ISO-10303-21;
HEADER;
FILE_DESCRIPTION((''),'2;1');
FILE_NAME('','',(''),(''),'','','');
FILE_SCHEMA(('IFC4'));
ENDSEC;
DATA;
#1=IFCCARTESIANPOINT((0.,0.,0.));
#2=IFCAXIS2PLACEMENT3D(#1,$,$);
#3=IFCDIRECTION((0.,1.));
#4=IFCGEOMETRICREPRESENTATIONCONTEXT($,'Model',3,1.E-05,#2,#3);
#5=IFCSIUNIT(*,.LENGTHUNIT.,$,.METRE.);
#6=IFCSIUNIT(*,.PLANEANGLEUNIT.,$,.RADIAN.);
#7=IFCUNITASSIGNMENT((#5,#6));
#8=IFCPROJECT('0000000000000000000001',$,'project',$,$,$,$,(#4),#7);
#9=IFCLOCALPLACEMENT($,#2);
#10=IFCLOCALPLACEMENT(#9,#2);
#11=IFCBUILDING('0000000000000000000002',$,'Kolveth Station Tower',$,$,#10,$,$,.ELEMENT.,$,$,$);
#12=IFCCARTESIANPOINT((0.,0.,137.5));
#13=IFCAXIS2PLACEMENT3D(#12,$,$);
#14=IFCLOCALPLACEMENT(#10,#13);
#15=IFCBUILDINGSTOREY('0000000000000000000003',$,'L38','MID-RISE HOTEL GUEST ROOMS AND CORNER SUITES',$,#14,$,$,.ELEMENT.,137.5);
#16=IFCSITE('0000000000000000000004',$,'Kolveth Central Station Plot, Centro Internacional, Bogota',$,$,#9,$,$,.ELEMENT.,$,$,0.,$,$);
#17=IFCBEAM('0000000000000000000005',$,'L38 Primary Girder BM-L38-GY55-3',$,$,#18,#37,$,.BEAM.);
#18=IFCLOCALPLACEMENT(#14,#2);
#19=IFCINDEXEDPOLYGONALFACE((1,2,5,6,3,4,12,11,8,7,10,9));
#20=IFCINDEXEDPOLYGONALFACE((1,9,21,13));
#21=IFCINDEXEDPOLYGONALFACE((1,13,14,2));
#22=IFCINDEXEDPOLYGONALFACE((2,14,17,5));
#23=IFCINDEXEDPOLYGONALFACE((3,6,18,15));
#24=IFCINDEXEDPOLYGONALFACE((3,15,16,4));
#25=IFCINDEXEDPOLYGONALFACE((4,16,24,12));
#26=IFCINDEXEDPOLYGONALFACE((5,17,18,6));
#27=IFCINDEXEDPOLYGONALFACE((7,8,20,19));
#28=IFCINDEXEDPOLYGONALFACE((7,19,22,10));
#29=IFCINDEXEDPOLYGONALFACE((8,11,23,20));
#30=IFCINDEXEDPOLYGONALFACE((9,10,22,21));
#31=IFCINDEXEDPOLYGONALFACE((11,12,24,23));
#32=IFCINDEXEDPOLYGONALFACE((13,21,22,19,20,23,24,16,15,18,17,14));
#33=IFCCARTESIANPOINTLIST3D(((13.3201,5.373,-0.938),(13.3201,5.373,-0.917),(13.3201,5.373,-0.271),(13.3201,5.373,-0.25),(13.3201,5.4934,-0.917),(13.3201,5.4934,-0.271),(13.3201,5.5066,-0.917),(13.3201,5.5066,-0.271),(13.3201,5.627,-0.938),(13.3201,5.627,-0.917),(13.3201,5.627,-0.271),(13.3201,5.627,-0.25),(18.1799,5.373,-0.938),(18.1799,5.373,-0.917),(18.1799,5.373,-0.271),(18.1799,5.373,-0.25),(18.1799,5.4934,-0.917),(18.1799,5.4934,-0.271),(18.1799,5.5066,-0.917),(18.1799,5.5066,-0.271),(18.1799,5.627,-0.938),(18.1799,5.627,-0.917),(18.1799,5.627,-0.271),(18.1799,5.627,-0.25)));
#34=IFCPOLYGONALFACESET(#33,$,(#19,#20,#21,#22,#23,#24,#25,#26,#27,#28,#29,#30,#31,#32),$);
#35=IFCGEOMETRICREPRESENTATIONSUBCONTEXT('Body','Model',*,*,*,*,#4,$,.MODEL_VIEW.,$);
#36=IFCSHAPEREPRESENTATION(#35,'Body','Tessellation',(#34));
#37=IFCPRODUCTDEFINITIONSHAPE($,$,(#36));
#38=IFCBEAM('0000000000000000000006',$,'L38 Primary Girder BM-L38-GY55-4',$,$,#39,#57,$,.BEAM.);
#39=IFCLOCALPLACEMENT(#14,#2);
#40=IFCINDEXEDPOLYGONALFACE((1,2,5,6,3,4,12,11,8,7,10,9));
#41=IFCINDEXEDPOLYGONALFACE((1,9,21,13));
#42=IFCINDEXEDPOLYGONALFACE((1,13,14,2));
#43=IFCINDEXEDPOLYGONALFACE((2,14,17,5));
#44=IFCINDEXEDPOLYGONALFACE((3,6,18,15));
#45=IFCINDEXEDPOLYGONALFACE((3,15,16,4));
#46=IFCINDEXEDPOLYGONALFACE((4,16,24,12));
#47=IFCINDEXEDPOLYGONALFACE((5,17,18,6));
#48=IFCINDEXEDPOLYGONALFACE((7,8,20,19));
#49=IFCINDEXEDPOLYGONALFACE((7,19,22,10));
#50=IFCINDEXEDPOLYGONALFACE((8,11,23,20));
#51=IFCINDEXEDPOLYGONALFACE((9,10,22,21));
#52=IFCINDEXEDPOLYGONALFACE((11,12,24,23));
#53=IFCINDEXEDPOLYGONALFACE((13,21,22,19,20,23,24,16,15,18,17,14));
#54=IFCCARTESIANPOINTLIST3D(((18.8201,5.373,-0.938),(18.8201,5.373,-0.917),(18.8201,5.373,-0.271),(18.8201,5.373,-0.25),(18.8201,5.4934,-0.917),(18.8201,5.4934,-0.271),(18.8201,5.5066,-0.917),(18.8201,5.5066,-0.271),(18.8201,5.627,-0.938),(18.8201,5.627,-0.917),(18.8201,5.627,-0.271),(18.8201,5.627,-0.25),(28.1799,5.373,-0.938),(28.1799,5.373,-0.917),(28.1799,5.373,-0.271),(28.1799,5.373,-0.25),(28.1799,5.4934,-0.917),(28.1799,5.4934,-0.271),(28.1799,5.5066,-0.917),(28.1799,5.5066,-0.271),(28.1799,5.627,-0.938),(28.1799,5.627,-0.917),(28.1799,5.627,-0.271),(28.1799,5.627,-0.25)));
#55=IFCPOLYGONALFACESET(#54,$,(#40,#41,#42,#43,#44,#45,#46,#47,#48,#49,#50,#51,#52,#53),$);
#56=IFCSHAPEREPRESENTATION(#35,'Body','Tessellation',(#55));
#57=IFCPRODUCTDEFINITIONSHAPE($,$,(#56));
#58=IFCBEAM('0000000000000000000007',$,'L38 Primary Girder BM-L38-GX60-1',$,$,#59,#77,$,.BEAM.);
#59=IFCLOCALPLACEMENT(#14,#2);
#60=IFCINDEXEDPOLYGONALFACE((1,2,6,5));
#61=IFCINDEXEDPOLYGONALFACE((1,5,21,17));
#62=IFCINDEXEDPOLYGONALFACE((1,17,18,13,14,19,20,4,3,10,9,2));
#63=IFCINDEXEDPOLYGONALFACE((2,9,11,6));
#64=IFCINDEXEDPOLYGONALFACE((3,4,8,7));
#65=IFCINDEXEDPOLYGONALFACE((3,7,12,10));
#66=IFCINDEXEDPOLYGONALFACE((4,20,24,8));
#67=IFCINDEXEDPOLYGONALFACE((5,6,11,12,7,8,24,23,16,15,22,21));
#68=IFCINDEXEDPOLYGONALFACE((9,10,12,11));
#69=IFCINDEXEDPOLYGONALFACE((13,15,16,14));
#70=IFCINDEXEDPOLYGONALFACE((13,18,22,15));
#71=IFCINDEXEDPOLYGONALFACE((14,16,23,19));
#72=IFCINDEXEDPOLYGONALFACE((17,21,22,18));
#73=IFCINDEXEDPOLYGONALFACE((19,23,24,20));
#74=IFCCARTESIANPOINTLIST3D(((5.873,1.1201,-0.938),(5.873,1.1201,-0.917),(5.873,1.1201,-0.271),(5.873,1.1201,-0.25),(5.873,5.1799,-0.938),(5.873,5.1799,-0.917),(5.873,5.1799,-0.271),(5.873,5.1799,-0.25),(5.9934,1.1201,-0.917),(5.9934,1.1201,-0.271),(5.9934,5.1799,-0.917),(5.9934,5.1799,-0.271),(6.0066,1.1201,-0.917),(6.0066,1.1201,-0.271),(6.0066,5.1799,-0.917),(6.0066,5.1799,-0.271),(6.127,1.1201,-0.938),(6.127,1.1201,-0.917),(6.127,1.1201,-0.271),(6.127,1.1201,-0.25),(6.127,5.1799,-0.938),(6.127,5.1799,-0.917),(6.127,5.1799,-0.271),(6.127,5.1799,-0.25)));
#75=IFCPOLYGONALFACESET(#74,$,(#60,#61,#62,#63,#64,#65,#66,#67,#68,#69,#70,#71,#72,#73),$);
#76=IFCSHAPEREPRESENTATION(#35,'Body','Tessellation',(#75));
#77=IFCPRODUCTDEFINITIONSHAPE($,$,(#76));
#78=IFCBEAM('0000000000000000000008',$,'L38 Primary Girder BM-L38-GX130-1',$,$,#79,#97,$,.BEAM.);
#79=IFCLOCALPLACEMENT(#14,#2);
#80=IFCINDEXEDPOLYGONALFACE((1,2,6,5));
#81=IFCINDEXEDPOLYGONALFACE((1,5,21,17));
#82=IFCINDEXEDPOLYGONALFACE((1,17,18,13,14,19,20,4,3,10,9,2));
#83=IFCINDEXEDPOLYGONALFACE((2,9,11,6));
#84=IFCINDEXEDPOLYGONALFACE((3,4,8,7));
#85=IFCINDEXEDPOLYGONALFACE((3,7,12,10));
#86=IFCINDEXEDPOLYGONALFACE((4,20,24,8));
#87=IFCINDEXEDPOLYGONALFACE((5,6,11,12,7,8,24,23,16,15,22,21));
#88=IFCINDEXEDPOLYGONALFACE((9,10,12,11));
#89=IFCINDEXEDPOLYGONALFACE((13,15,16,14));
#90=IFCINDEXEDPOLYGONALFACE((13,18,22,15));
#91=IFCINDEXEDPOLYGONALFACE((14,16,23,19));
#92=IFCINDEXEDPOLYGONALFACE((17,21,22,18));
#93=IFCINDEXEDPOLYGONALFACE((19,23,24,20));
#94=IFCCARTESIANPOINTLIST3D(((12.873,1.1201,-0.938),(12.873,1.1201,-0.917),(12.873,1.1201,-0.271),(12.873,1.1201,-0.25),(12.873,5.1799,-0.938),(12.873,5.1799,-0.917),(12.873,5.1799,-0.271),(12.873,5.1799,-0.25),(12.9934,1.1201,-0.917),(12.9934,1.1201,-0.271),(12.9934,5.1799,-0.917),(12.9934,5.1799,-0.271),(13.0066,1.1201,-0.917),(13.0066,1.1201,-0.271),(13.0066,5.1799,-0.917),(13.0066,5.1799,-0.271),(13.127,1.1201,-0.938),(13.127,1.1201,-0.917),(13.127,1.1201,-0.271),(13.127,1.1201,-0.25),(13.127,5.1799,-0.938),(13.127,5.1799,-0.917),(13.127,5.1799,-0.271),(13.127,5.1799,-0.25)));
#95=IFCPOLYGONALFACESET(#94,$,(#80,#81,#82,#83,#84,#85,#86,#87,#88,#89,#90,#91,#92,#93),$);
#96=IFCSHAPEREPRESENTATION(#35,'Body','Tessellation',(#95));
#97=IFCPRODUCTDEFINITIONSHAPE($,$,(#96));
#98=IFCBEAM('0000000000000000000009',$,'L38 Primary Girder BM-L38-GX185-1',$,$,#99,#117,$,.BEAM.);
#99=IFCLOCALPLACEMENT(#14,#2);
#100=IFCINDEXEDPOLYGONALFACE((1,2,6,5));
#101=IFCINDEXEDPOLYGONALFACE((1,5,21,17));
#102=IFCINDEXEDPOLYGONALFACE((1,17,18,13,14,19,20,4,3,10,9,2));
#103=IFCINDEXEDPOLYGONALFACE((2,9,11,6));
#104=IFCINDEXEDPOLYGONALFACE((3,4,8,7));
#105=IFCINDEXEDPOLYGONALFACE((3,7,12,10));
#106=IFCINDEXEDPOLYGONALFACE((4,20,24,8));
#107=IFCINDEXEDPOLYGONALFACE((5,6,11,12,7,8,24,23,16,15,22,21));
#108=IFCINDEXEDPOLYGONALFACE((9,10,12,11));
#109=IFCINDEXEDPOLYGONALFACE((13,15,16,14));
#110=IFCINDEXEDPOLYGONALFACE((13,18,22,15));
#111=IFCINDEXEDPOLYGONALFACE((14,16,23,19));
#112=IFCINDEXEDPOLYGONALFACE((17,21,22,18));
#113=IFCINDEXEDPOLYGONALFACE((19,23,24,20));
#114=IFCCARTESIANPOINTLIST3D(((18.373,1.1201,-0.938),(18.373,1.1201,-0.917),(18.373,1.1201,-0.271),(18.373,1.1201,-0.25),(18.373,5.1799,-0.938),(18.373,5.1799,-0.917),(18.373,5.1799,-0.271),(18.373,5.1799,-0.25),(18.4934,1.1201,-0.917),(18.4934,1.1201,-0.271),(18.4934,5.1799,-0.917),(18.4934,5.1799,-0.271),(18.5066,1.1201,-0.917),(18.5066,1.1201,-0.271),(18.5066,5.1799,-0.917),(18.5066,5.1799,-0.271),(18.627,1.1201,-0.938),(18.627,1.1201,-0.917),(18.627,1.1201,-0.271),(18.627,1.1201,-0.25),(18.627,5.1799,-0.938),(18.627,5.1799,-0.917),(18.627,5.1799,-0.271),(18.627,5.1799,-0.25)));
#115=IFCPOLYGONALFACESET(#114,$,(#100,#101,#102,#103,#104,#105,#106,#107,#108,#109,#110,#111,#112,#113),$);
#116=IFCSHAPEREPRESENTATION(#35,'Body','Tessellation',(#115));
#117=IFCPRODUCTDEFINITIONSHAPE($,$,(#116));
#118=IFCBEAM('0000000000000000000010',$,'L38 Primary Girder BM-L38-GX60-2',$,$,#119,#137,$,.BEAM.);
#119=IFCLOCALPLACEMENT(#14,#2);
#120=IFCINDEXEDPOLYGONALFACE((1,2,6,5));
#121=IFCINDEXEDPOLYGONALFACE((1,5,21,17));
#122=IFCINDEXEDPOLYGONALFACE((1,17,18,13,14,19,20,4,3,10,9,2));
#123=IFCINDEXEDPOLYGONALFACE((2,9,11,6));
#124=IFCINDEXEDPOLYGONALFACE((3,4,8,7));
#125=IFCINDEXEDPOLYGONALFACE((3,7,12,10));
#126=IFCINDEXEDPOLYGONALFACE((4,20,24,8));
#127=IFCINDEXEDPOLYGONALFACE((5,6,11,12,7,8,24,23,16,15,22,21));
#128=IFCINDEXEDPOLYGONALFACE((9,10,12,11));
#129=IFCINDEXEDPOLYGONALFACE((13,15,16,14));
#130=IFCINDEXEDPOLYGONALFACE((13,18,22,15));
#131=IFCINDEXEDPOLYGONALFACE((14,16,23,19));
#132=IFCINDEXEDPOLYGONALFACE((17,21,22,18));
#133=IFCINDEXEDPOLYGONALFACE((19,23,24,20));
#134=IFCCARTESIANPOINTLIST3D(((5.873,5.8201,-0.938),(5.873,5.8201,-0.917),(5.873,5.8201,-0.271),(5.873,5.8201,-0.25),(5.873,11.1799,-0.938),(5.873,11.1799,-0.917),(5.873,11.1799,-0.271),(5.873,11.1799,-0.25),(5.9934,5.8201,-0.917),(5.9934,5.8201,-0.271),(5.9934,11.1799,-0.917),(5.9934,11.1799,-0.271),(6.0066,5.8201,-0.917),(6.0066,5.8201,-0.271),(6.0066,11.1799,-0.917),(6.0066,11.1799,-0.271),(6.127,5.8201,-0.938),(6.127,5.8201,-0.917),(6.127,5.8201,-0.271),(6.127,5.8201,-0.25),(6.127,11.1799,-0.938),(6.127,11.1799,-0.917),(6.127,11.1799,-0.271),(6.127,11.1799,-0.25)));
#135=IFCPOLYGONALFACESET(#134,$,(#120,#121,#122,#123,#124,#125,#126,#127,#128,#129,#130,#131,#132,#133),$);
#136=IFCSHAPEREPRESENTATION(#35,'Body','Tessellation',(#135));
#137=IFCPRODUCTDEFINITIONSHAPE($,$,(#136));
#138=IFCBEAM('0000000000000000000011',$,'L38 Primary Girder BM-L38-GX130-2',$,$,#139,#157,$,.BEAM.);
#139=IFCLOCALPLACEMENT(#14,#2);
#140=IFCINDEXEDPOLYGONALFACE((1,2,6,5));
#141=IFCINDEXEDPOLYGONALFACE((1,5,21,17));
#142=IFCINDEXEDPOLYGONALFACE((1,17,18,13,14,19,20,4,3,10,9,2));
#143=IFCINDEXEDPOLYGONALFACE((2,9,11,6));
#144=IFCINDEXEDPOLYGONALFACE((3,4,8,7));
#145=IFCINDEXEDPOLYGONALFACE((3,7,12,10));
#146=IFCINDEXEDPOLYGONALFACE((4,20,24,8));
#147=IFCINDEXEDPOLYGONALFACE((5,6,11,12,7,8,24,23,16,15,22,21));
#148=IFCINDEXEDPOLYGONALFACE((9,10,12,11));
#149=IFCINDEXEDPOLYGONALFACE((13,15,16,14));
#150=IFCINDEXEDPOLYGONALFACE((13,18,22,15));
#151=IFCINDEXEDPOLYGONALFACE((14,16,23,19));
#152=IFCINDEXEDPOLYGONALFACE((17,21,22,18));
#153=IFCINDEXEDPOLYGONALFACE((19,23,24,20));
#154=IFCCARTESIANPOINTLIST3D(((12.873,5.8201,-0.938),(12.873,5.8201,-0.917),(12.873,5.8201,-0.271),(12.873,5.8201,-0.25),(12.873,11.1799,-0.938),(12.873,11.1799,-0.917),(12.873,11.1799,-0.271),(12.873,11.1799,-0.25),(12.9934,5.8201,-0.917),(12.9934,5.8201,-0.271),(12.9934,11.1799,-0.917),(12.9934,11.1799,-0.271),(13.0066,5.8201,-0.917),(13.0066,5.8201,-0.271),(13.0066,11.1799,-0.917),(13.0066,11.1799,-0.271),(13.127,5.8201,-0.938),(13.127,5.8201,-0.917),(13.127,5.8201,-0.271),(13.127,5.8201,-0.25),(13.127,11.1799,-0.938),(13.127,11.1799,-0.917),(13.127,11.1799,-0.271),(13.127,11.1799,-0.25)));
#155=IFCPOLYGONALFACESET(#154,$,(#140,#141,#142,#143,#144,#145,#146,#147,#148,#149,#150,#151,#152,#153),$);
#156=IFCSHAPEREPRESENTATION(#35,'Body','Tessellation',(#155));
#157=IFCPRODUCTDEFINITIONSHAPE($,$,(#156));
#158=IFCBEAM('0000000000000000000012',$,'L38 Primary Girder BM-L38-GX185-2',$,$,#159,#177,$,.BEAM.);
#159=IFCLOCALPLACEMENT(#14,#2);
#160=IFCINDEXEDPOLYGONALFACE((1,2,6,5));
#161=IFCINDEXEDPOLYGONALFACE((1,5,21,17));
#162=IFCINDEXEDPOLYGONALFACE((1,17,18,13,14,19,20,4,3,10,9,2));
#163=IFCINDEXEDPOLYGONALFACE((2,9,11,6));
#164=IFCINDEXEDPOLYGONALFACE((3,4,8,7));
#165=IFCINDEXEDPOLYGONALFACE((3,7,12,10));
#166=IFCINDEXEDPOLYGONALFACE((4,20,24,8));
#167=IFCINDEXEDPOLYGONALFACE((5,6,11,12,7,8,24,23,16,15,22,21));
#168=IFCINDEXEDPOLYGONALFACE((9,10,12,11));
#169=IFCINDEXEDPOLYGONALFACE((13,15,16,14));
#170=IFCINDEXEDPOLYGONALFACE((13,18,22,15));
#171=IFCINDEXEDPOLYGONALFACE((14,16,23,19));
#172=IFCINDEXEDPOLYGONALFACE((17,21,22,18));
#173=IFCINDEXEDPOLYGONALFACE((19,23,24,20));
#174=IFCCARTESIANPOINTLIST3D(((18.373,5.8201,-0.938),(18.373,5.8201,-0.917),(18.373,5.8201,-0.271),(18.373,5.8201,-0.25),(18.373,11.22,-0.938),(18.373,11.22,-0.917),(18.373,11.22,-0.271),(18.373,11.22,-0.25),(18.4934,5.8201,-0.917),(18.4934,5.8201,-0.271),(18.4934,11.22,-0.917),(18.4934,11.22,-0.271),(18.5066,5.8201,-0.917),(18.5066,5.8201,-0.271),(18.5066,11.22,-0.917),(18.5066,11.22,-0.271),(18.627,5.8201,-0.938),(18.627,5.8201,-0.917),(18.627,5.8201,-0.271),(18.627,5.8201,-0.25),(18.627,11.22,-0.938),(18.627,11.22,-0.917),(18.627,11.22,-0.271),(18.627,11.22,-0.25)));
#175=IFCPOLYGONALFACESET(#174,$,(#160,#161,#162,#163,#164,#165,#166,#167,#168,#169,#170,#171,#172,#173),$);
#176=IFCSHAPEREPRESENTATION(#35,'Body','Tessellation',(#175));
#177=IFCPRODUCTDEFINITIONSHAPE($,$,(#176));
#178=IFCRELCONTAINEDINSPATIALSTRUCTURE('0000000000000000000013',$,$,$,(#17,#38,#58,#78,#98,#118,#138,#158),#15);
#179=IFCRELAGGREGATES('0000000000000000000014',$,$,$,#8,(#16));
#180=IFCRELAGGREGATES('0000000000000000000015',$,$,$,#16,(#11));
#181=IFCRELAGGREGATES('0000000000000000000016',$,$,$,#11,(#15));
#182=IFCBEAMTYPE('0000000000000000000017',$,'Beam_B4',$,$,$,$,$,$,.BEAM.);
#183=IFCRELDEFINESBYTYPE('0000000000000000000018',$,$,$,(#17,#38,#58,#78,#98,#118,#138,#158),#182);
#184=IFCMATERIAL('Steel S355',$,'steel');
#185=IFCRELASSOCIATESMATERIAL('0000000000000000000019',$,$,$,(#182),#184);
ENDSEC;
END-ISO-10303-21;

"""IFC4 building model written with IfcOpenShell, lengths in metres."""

from ifc_helpers import new_model, si_unit, direction, frame, origin, origin_2d, place, context, subcontext, project, spatial, i_section, extrude, source, transform, mapped, material, material_profile, profile_set, type_object, element, save


model = new_model("IFC4")

# Units and contexts
model_context = context("Model", 3, precision=1e-05, world=origin(), true_north=direction((0.0, 1.0)))
body_context = subcontext(model_context, "Body", "Model", "MODEL_VIEW")
ifc_project = project(units=[si_unit("LENGTHUNIT", "METRE"), si_unit("PLANEANGLEUNIT", "RADIAN")], contexts=[model_context])

# Site, building, storey
site_placement = place(None, origin())
site = spatial("IfcSite", under=ifc_project, at=site_placement, Name="Kolveth Central Station Plot, Centro Internacional, Bogota", CompositionType="ELEMENT", RefElevation=0.0)
building_placement = place(site_placement, origin())
building = spatial("IfcBuilding", under=site, at=building_placement, Name="Kolveth Station Tower", CompositionType="ELEMENT")
storey_placement = place(building_placement, frame((0.0, 0.0, 137.5)))
storey = spatial("IfcBuildingStorey", under=building, at=storey_placement, Name="L38", Description="MID-RISE HOTEL GUEST ROOMS AND CORNER SUITES", CompositionType="ELEMENT", Elevation=137.5)

# Beams
ifc_material_1 = material(Name="Steel S355", Category="steel")
ifc_material_profile_1 = material_profile(ifc_material_1, i_section(OverallWidth=0.2539, OverallDepth=0.688, WebThickness=0.0132, FlangeThickness=0.021, at=origin_2d()), Name="W690x152")
ifc_profile_set_1 = profile_set([ifc_material_profile_1], Name="Steel S355")
beam_type_1 = type_object("IfcBeamType", Name="Beam_B4", PredefinedType="BEAM", material=ifc_profile_set_1)
shared_shape_1 = source(origin(), body_context, "Body", "SweptSolid", [
    extrude(i_section(OverallWidth=0.2539, OverallDepth=0.688, WebThickness=0.0132, FlangeThickness=0.021, at=origin_2d()), origin(), (0.0, 0.0, 1.0), 4.8599),
])
beam_1_placement = place(storey_placement, frame((13.3201, 5.5, -0.594), z_axis=(1.0, 0.0, 0.0), x_axis=(0.0, 1.0, 0.0)))
element("IfcBeam", 1, at=beam_1_placement, inside=storey, type_object=beam_type_1, Name="L38 Primary Girder BM-L38-GY55-3", PredefinedType="BEAM", context=body_context, shape_type="MappedRepresentation", body=[
    mapped(shared_shape_1, transform((0.0, 0.0, 0.0), x_axis=(1.0, 0.0, 0.0), y_axis=(0.0, 1.0, 0.0), z_axis=(0.0, 0.0, 1.0), scale=1.0)),
])
shared_shape_2 = source(origin(), body_context, "Body", "SweptSolid", [
    extrude(i_section(OverallWidth=0.2539, OverallDepth=0.688, WebThickness=0.0132, FlangeThickness=0.021, at=origin_2d()), origin(), (0.0, 0.0, 1.0), 9.3599),
])
beam_2_placement = place(storey_placement, frame((18.8201, 5.5, -0.594), z_axis=(1.0, 0.0, 0.0), x_axis=(0.0, 1.0, 0.0)))
element("IfcBeam", 2, at=beam_2_placement, inside=storey, type_object=beam_type_1, Name="L38 Primary Girder BM-L38-GY55-4", PredefinedType="BEAM", context=body_context, shape_type="MappedRepresentation", body=[
    mapped(shared_shape_2, transform((0.0, 0.0, 0.0), x_axis=(1.0, 0.0, 0.0), y_axis=(0.0, 1.0, 0.0), z_axis=(0.0, 0.0, 1.0), scale=1.0)),
])
shared_shape_3 = source(origin(), body_context, "Body", "SweptSolid", [
    extrude(i_section(OverallWidth=0.2539, OverallDepth=0.688, WebThickness=0.0132, FlangeThickness=0.021, at=origin_2d()), origin(), (0.0, 0.0, 1.0), 4.0598),
])
for number, where, z_axis, x_axis, name in (
    (3, (6.0, 1.1201, -0.594), (0.0, 1.0, 0.0), (-1.0, 0.0, 0.0), "L38 Primary Girder BM-L38-GX60-1"),
    (4, (13.0, 1.1201, -0.594), (0.0, 1.0, 0.0), (-1.0, 0.0, 0.0), "L38 Primary Girder BM-L38-GX130-1"),
    (5, (18.5, 1.1201, -0.594), (0.0, 1.0, 0.0), (-1.0, 0.0, 0.0), "L38 Primary Girder BM-L38-GX185-1"),
):
    element("IfcBeam", number, at=place(storey_placement, frame(where, z_axis=z_axis, x_axis=x_axis)), inside=storey, type_object=beam_type_1, Name=name, PredefinedType="BEAM", context=body_context, shape_type="MappedRepresentation", body=[
        mapped(shared_shape_3, transform((0.0, 0.0, 0.0), x_axis=(1.0, 0.0, 0.0), y_axis=(0.0, 1.0, 0.0), z_axis=(0.0, 0.0, 1.0), scale=1.0)),
    ])
shared_shape_4 = source(origin(), body_context, "Body", "SweptSolid", [
    extrude(i_section(OverallWidth=0.2539, OverallDepth=0.688, WebThickness=0.0132, FlangeThickness=0.021, at=origin_2d()), origin(), (0.0, 0.0, 1.0), 5.3599),
])
for number, where, z_axis, x_axis, name in (
    (6, (6.0, 5.8201, -0.594), (0.0, 1.0, 0.0), (-1.0, 0.0, 0.0), "L38 Primary Girder BM-L38-GX60-2"),
    (7, (13.0, 5.8201, -0.594), (0.0, 1.0, 0.0), (-1.0, 0.0, 0.0), "L38 Primary Girder BM-L38-GX130-2"),
):
    element("IfcBeam", number, at=place(storey_placement, frame(where, z_axis=z_axis, x_axis=x_axis)), inside=storey, type_object=beam_type_1, Name=name, PredefinedType="BEAM", context=body_context, shape_type="MappedRepresentation", body=[
        mapped(shared_shape_4, transform((0.0, 0.0, 0.0), x_axis=(1.0, 0.0, 0.0), y_axis=(0.0, 1.0, 0.0), z_axis=(0.0, 0.0, 1.0), scale=1.0)),
    ])
shared_shape_5 = source(origin(), body_context, "Body", "SweptSolid", [
    extrude(i_section(OverallWidth=0.2539, OverallDepth=0.688, WebThickness=0.0132, FlangeThickness=0.021, at=origin_2d()), origin(), (0.0, 0.0, 1.0), 5.3999),
])
beam_3_placement = place(storey_placement, frame((18.5, 5.8201, -0.594), z_axis=(0.0, 1.0, 0.0), x_axis=(-1.0, 0.0, 0.0)))
element("IfcBeam", 8, at=beam_3_placement, inside=storey, type_object=beam_type_1, Name="L38 Primary Girder BM-L38-GX185-2", PredefinedType="BEAM", context=body_context, shape_type="MappedRepresentation", body=[
    mapped(shared_shape_5, transform((0.0, 0.0, 0.0), x_axis=(1.0, 0.0, 0.0), y_axis=(0.0, 1.0, 0.0), z_axis=(0.0, 0.0, 1.0), scale=1.0)),
])

save(model, "model.ifc")
